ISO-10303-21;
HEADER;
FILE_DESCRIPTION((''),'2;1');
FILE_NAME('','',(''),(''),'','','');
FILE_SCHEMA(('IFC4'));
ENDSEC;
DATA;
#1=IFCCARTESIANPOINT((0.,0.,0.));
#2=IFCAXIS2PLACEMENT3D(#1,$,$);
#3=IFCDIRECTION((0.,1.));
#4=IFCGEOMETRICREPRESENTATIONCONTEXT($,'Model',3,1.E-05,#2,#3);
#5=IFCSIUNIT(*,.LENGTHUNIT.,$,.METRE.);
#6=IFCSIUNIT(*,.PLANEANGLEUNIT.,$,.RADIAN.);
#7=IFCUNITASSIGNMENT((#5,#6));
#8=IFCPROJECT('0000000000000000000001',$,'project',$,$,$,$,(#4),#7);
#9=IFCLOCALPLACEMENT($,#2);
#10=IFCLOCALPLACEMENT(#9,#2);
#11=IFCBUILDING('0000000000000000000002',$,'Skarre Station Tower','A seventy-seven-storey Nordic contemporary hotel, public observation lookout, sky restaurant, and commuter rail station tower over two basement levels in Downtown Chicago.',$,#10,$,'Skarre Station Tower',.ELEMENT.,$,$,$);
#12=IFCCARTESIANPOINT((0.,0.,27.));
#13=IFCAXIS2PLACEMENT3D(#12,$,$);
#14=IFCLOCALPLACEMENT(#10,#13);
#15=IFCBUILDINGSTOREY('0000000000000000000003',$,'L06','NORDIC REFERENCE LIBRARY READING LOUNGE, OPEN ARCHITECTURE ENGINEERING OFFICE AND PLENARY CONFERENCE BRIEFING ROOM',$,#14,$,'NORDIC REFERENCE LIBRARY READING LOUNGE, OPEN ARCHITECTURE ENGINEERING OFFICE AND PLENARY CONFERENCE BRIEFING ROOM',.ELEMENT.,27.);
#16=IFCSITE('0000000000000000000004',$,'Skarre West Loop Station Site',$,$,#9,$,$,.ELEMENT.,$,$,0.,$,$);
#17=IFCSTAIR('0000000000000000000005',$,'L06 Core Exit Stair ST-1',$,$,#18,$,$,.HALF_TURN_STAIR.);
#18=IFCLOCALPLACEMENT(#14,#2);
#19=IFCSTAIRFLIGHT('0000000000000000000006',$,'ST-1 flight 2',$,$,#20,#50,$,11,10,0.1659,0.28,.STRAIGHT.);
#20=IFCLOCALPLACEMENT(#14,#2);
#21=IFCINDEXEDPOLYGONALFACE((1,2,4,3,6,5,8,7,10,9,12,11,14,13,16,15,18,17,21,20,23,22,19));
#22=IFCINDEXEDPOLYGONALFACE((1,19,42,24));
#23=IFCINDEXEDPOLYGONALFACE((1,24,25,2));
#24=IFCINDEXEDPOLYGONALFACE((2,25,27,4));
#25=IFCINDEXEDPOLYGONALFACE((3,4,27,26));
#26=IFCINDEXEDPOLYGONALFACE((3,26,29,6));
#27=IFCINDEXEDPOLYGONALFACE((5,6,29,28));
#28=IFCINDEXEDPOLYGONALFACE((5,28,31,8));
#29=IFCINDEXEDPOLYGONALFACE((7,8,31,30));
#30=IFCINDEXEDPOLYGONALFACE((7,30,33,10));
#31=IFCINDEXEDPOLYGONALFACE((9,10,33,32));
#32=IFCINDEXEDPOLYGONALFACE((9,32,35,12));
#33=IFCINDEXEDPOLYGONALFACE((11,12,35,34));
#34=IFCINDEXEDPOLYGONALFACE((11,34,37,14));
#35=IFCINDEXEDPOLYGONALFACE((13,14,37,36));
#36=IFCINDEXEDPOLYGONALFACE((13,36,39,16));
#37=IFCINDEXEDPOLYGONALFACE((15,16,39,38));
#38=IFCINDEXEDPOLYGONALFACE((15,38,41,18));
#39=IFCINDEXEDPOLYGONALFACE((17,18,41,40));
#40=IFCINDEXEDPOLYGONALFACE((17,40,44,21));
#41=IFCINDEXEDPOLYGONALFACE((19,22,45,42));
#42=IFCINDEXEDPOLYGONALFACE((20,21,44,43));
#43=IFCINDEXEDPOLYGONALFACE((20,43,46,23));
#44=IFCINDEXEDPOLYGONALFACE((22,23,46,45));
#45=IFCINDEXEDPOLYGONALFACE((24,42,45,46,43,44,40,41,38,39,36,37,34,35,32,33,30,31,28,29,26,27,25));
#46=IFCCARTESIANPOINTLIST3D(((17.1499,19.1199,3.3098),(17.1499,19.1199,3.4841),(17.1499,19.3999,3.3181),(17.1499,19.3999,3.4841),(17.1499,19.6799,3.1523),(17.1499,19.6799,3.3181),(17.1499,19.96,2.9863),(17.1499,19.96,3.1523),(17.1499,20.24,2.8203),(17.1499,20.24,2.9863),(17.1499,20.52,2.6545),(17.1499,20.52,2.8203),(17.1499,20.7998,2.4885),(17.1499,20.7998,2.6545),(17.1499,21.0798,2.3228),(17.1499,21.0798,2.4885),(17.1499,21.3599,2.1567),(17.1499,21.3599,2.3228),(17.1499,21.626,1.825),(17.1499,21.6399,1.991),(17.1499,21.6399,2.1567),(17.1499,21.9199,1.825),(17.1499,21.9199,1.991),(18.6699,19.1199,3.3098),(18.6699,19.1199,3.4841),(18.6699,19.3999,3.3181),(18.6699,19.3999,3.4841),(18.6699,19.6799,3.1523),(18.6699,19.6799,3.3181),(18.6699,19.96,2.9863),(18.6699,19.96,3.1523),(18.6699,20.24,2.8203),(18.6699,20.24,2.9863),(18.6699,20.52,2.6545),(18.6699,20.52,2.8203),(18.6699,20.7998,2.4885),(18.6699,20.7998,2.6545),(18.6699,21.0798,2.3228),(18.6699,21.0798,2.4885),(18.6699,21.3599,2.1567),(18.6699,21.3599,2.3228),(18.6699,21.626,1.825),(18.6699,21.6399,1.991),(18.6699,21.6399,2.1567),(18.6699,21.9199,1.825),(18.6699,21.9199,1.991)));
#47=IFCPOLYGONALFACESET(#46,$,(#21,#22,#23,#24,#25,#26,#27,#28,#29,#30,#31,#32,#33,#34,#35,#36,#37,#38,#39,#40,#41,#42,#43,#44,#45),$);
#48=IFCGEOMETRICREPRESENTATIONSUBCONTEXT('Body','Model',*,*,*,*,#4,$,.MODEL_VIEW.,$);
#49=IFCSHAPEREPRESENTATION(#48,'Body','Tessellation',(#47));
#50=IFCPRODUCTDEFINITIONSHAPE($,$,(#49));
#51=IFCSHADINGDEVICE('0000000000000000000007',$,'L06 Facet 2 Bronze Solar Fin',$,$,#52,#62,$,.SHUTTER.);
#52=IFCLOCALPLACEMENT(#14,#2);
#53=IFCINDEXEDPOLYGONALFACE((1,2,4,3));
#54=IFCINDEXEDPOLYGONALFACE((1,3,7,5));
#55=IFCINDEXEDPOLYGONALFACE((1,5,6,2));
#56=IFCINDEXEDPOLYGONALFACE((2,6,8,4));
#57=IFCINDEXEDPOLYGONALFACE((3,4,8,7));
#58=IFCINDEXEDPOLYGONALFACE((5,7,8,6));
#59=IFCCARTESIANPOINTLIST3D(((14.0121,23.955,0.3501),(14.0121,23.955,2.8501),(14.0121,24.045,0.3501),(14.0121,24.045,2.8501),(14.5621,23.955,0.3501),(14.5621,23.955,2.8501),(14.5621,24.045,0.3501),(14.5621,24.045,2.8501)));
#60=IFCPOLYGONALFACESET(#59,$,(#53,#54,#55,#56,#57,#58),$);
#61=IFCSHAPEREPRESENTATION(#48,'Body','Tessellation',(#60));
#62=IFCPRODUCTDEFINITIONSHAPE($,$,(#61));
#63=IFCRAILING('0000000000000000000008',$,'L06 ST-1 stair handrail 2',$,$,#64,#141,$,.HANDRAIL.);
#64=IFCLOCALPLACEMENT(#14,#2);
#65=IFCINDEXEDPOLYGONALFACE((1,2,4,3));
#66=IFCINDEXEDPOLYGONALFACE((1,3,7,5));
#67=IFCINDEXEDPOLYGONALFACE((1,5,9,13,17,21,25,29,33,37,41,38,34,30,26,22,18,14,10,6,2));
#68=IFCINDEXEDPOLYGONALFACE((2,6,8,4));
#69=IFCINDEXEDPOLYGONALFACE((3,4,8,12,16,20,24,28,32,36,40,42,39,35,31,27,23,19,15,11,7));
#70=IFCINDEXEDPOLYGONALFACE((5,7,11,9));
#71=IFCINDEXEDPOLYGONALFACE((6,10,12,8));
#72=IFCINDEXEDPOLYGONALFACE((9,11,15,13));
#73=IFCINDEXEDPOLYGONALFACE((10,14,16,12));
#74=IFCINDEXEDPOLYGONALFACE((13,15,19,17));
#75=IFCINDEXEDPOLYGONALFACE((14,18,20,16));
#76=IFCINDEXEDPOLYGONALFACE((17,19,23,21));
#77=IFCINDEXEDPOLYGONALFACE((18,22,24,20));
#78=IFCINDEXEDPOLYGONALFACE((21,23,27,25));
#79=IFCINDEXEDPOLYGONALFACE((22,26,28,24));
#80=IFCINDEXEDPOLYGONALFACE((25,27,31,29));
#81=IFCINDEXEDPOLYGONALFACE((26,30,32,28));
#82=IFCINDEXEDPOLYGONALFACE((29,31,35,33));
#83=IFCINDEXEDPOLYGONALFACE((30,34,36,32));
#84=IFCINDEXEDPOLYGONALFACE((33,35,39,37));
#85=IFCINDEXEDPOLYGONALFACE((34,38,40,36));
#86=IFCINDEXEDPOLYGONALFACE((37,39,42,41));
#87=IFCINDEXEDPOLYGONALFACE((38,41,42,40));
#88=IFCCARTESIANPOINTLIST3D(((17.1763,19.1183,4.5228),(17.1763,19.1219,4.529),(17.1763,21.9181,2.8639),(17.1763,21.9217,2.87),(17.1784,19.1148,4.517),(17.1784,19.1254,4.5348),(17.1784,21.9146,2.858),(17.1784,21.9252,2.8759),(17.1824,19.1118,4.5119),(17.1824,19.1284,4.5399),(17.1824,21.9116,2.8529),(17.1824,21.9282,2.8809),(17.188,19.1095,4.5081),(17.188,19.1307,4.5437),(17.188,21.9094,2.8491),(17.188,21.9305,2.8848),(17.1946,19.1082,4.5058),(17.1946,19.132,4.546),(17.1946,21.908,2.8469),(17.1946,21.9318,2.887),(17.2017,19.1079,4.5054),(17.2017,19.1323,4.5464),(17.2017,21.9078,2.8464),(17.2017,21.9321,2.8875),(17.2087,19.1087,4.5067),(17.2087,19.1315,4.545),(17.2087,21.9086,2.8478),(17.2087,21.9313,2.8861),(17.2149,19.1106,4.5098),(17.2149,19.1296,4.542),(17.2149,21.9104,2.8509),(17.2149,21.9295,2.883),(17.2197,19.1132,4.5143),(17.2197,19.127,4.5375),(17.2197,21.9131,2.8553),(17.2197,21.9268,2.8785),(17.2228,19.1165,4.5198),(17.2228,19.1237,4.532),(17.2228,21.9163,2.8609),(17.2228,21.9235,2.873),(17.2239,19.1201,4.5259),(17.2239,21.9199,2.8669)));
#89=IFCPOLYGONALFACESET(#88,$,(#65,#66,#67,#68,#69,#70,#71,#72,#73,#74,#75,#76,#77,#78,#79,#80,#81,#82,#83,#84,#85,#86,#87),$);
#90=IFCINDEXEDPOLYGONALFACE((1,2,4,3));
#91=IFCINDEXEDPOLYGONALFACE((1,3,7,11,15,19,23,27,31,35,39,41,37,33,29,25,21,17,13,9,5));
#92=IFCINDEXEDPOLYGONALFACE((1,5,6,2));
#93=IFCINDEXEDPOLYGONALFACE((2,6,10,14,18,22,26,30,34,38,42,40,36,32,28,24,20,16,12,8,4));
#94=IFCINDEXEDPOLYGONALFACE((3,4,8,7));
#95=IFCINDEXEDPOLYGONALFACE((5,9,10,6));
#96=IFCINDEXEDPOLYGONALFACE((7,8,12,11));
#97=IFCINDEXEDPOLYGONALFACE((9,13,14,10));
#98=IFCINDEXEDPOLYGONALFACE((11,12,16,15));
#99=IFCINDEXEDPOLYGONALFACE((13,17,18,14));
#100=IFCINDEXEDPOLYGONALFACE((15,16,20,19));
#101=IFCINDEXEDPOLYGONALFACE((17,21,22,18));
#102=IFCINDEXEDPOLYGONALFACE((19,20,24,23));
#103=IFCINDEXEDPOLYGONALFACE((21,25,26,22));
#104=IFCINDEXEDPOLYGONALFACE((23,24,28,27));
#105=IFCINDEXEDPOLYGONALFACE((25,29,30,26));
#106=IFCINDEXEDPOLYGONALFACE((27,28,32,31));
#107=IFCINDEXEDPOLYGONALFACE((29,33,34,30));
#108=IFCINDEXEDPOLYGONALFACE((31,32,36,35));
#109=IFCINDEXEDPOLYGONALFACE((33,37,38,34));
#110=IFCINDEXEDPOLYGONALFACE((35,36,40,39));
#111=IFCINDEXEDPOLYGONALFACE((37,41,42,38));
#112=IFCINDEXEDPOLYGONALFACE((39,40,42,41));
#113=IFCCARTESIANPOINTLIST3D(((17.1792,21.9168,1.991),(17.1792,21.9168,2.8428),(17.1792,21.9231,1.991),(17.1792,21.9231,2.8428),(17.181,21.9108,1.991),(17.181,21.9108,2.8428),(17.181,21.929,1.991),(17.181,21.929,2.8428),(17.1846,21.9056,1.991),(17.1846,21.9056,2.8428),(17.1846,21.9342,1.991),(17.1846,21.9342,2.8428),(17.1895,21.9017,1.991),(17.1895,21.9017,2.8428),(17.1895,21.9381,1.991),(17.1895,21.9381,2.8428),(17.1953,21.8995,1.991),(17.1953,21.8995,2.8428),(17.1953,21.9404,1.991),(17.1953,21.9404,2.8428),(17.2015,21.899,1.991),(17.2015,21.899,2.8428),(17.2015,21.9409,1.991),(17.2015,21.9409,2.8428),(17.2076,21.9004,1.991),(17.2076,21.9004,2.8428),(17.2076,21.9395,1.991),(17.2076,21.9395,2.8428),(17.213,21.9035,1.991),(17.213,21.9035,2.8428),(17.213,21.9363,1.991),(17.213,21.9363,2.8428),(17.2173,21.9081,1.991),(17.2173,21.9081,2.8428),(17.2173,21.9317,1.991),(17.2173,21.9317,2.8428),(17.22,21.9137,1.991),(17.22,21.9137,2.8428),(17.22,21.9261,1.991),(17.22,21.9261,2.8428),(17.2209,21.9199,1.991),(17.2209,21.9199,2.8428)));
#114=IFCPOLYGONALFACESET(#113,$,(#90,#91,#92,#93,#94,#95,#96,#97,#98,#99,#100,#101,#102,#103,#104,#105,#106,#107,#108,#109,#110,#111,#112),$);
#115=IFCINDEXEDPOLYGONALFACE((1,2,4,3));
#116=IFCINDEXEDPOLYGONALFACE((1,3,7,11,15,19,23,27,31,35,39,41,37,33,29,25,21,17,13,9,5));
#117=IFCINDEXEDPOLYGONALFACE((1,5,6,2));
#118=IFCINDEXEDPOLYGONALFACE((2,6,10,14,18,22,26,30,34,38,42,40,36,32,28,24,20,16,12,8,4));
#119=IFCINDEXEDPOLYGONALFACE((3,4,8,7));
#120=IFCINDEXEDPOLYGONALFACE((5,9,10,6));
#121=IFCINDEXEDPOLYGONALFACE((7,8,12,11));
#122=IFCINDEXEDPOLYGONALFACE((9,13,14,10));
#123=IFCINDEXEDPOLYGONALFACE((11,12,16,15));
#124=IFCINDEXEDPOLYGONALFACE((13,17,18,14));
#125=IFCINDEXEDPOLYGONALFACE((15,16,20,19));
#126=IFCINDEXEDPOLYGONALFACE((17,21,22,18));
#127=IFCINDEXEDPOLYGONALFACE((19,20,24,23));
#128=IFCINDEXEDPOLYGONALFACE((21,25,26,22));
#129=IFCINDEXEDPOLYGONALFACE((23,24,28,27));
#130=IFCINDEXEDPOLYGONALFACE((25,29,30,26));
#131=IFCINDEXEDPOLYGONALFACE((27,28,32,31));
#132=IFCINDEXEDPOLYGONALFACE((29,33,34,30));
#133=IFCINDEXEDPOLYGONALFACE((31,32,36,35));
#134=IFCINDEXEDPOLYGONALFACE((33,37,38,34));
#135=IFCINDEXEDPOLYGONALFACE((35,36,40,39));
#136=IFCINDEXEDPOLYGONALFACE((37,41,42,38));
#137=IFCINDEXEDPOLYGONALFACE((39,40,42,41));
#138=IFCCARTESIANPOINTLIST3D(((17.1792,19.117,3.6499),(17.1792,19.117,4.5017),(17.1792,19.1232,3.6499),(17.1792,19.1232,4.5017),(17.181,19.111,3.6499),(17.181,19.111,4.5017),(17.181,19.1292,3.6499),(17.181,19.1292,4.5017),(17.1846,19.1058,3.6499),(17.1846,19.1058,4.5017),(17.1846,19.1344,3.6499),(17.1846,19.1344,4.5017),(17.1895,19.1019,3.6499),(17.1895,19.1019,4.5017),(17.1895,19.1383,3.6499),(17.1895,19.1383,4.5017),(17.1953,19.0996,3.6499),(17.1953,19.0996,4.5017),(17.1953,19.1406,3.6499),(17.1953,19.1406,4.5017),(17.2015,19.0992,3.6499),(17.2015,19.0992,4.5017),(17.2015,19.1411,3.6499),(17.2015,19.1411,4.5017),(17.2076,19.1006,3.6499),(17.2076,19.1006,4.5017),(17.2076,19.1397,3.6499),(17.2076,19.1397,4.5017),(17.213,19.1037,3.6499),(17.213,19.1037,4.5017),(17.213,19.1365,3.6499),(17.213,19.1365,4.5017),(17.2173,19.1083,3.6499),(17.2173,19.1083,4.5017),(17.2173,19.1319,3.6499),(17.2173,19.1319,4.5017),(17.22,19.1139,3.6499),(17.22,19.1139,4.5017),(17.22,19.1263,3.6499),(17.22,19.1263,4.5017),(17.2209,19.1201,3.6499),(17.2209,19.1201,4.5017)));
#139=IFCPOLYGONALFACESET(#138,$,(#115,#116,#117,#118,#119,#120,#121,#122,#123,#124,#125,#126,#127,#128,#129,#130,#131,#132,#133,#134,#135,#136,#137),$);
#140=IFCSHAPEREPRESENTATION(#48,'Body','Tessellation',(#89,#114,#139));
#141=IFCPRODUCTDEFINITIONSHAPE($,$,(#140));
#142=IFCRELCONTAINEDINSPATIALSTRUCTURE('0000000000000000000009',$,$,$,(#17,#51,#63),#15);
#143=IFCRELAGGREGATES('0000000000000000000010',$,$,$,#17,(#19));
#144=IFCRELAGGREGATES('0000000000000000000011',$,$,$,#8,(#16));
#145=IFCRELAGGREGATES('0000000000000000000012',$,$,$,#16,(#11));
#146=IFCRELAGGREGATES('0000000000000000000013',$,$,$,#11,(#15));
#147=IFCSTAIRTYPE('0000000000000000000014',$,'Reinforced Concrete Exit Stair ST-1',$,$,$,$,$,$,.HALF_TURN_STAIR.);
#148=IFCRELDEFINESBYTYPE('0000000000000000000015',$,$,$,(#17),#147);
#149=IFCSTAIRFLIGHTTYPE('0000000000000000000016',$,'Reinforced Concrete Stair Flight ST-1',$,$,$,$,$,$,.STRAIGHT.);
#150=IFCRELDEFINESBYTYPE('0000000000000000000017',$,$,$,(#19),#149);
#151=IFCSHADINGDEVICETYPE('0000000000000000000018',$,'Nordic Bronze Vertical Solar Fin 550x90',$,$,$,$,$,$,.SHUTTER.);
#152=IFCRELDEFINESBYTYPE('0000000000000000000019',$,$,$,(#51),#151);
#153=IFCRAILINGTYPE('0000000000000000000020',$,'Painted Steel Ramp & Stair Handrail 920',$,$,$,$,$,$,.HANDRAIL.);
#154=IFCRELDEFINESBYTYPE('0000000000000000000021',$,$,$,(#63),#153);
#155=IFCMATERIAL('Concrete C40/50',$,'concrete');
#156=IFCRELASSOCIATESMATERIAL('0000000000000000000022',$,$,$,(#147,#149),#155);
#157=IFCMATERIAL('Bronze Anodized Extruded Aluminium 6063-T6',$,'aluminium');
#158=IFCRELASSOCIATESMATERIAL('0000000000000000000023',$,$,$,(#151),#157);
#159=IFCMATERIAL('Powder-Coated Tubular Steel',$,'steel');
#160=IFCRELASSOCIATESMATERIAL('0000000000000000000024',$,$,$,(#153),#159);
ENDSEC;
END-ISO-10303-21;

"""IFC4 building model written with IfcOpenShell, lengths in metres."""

from ifc_helpers import new_model, si_unit, direction, frame, origin, origin_2d, place, context, subcontext, project, spatial, polyline, rectangle, circle, outline, extrude, material, type_object, element, aggregate, save


model = new_model("IFC4")

# Units and contexts
model_context = context("Model", 3, precision=1e-05, world=origin(), true_north=direction((0.0, 1.0)))
body_context = subcontext(model_context, "Body", "Model", "MODEL_VIEW")
ifc_project = project(units=[si_unit("LENGTHUNIT", "METRE"), si_unit("PLANEANGLEUNIT", "RADIAN")], contexts=[model_context])

# Site, building, storey
site_placement = place(None, origin())
site = spatial("IfcSite", under=ifc_project, at=site_placement, Name="Skarre West Loop Station Site", CompositionType="ELEMENT", RefElevation=0.0)
building_placement = place(site_placement, origin())
building = spatial("IfcBuilding", under=site, at=building_placement, Name="Skarre Station Tower", Description="A seventy-seven-storey Nordic contemporary hotel, public observation lookout, sky restaurant, and commuter rail station tower over two basement levels in Downtown Chicago.", LongName="Skarre Station Tower", CompositionType="ELEMENT")
storey_placement = place(building_placement, frame((0.0, 0.0, 27.0)))
storey = spatial("IfcBuildingStorey", under=building, at=storey_placement, Name="L06", Description="NORDIC REFERENCE LIBRARY READING LOUNGE, OPEN ARCHITECTURE ENGINEERING OFFICE AND PLENARY CONFERENCE BRIEFING ROOM", LongName="NORDIC REFERENCE LIBRARY READING LOUNGE, OPEN ARCHITECTURE ENGINEERING OFFICE AND PLENARY CONFERENCE BRIEFING ROOM", CompositionType="ELEMENT", Elevation=27.0)

# Stair, stair flight
ifc_material_1 = material(Name="Concrete C40/50", Category="concrete")
stair_type = type_object("IfcStairType", Name="Reinforced Concrete Exit Stair ST-1", PredefinedType="HALF_TURN_STAIR", material=ifc_material_1)
stair_placement = place(storey_placement, origin())
stair = element("IfcStair", 1, at=stair_placement, inside=storey, type_object=stair_type, Name="L06 Core Exit Stair ST-1", PredefinedType="HALF_TURN_STAIR")
stair_flight_type = type_object("IfcStairFlightType", Name="Reinforced Concrete Stair Flight ST-1", PredefinedType="STRAIGHT", material=ifc_material_1)
stair_flight_placement = place(storey_placement, frame((17.9099, 21.9199, 1.825), z_axis=(0.0, 0.0, 1.0), x_axis=(0.0, -1.0, 0.0)))
stair_flight = element("IfcStairFlight", 2, at=stair_flight_placement, type_object=stair_flight_type, Name="ST-1 flight 2", NumberOfRisers=11, NumberOfTreads=10, PredefinedType="STRAIGHT", RiserHeight=0.1659, TreadLength=0.28, context=body_context, shape_type="SweptSolid", body=[
    extrude(outline(polyline([(0.0, 0.0), (0.0, 0.166), (0.28, 0.166), (0.28, 0.3318), (0.5601, 0.3318), (0.5601, 0.4978), (0.8401, 0.4978), (0.8401, 0.6636), (1.1201, 0.6636), (1.1201, 0.8296), (1.3999, 0.8296), (1.3999, 0.9954), (1.6799, 0.9954), (1.6799, 1.1614), (1.96, 1.1614), (1.96, 1.3274), (2.24, 1.3274), (2.24, 1.4932), (2.52, 1.4932), (2.52, 1.6592), (2.8, 1.6592), (2.8, 1.825), (2.8, 1.4849), (0.2939, 0.0), (0.0, 0.0)])), frame((0.0, 0.76, 0.0), z_axis=(0.0, -1.0, 0.0), x_axis=(1.0, 0.0, 0.0)), (0.0, 0.0, 1.0), 1.52),
])
aggregate(stair, [stair_flight])

# Shading device
ifc_material_2 = material(Name="Bronze Anodized Extruded Aluminium 6063-T6", Category="aluminium")
shading_device_type = type_object("IfcShadingDeviceType", Name="Nordic Bronze Vertical Solar Fin 550x90", PredefinedType="SHUTTER", material=ifc_material_2)
shading_device_placement = place(storey_placement, frame((14.2871, 24.0, 0.3501), z_axis=(0.0, 0.0, 1.0), x_axis=(-1.0, 0.0, 0.0)))
element("IfcShadingDevice", 3, at=shading_device_placement, inside=storey, type_object=shading_device_type, Name="L06 Facet 2 Bronze Solar Fin", PredefinedType="SHUTTER", context=body_context, shape_type="SweptSolid", body=[
    extrude(rectangle(XDim=0.55, YDim=0.0901, at=origin_2d()), origin(), (0.0, 0.0, 1.0), 2.5),
])

# Railing
ifc_material_3 = material(Name="Powder-Coated Tubular Steel", Category="steel")
railing_type_1 = type_object("IfcRailingType", Name="Painted Steel Ramp & Stair Handrail 920", PredefinedType="HANDRAIL", material=ifc_material_3)
railing_1_placement = place(storey_placement, frame((17.2, 21.9199, 1.991)))
element("IfcRailing", 4, at=railing_1_placement, inside=storey, type_object=railing_type_1, Name="L06 ST-1 stair handrail 2", PredefinedType="HANDRAIL", context=body_context, shape_type="SweptSolid", body=[
    extrude(circle(Radius=0.0239, at=origin_2d()), frame((0.0, 0.0, 0.876), z_axis=(0.0, -0.86032, 0.509755), x_axis=(1.0, 0.0, 0.0)), (0.0, 0.0, 1.0), 3.2544),
    extrude(circle(Radius=0.021, at=origin_2d()), origin(), (0.0, 0.0, 1.0), 0.8518),
    extrude(circle(Radius=0.021, at=origin_2d()), frame((0.0, -2.7998, 1.6589)), (0.0, 0.0, 1.0), 0.8518),
])

save(model, "model.ifc")
